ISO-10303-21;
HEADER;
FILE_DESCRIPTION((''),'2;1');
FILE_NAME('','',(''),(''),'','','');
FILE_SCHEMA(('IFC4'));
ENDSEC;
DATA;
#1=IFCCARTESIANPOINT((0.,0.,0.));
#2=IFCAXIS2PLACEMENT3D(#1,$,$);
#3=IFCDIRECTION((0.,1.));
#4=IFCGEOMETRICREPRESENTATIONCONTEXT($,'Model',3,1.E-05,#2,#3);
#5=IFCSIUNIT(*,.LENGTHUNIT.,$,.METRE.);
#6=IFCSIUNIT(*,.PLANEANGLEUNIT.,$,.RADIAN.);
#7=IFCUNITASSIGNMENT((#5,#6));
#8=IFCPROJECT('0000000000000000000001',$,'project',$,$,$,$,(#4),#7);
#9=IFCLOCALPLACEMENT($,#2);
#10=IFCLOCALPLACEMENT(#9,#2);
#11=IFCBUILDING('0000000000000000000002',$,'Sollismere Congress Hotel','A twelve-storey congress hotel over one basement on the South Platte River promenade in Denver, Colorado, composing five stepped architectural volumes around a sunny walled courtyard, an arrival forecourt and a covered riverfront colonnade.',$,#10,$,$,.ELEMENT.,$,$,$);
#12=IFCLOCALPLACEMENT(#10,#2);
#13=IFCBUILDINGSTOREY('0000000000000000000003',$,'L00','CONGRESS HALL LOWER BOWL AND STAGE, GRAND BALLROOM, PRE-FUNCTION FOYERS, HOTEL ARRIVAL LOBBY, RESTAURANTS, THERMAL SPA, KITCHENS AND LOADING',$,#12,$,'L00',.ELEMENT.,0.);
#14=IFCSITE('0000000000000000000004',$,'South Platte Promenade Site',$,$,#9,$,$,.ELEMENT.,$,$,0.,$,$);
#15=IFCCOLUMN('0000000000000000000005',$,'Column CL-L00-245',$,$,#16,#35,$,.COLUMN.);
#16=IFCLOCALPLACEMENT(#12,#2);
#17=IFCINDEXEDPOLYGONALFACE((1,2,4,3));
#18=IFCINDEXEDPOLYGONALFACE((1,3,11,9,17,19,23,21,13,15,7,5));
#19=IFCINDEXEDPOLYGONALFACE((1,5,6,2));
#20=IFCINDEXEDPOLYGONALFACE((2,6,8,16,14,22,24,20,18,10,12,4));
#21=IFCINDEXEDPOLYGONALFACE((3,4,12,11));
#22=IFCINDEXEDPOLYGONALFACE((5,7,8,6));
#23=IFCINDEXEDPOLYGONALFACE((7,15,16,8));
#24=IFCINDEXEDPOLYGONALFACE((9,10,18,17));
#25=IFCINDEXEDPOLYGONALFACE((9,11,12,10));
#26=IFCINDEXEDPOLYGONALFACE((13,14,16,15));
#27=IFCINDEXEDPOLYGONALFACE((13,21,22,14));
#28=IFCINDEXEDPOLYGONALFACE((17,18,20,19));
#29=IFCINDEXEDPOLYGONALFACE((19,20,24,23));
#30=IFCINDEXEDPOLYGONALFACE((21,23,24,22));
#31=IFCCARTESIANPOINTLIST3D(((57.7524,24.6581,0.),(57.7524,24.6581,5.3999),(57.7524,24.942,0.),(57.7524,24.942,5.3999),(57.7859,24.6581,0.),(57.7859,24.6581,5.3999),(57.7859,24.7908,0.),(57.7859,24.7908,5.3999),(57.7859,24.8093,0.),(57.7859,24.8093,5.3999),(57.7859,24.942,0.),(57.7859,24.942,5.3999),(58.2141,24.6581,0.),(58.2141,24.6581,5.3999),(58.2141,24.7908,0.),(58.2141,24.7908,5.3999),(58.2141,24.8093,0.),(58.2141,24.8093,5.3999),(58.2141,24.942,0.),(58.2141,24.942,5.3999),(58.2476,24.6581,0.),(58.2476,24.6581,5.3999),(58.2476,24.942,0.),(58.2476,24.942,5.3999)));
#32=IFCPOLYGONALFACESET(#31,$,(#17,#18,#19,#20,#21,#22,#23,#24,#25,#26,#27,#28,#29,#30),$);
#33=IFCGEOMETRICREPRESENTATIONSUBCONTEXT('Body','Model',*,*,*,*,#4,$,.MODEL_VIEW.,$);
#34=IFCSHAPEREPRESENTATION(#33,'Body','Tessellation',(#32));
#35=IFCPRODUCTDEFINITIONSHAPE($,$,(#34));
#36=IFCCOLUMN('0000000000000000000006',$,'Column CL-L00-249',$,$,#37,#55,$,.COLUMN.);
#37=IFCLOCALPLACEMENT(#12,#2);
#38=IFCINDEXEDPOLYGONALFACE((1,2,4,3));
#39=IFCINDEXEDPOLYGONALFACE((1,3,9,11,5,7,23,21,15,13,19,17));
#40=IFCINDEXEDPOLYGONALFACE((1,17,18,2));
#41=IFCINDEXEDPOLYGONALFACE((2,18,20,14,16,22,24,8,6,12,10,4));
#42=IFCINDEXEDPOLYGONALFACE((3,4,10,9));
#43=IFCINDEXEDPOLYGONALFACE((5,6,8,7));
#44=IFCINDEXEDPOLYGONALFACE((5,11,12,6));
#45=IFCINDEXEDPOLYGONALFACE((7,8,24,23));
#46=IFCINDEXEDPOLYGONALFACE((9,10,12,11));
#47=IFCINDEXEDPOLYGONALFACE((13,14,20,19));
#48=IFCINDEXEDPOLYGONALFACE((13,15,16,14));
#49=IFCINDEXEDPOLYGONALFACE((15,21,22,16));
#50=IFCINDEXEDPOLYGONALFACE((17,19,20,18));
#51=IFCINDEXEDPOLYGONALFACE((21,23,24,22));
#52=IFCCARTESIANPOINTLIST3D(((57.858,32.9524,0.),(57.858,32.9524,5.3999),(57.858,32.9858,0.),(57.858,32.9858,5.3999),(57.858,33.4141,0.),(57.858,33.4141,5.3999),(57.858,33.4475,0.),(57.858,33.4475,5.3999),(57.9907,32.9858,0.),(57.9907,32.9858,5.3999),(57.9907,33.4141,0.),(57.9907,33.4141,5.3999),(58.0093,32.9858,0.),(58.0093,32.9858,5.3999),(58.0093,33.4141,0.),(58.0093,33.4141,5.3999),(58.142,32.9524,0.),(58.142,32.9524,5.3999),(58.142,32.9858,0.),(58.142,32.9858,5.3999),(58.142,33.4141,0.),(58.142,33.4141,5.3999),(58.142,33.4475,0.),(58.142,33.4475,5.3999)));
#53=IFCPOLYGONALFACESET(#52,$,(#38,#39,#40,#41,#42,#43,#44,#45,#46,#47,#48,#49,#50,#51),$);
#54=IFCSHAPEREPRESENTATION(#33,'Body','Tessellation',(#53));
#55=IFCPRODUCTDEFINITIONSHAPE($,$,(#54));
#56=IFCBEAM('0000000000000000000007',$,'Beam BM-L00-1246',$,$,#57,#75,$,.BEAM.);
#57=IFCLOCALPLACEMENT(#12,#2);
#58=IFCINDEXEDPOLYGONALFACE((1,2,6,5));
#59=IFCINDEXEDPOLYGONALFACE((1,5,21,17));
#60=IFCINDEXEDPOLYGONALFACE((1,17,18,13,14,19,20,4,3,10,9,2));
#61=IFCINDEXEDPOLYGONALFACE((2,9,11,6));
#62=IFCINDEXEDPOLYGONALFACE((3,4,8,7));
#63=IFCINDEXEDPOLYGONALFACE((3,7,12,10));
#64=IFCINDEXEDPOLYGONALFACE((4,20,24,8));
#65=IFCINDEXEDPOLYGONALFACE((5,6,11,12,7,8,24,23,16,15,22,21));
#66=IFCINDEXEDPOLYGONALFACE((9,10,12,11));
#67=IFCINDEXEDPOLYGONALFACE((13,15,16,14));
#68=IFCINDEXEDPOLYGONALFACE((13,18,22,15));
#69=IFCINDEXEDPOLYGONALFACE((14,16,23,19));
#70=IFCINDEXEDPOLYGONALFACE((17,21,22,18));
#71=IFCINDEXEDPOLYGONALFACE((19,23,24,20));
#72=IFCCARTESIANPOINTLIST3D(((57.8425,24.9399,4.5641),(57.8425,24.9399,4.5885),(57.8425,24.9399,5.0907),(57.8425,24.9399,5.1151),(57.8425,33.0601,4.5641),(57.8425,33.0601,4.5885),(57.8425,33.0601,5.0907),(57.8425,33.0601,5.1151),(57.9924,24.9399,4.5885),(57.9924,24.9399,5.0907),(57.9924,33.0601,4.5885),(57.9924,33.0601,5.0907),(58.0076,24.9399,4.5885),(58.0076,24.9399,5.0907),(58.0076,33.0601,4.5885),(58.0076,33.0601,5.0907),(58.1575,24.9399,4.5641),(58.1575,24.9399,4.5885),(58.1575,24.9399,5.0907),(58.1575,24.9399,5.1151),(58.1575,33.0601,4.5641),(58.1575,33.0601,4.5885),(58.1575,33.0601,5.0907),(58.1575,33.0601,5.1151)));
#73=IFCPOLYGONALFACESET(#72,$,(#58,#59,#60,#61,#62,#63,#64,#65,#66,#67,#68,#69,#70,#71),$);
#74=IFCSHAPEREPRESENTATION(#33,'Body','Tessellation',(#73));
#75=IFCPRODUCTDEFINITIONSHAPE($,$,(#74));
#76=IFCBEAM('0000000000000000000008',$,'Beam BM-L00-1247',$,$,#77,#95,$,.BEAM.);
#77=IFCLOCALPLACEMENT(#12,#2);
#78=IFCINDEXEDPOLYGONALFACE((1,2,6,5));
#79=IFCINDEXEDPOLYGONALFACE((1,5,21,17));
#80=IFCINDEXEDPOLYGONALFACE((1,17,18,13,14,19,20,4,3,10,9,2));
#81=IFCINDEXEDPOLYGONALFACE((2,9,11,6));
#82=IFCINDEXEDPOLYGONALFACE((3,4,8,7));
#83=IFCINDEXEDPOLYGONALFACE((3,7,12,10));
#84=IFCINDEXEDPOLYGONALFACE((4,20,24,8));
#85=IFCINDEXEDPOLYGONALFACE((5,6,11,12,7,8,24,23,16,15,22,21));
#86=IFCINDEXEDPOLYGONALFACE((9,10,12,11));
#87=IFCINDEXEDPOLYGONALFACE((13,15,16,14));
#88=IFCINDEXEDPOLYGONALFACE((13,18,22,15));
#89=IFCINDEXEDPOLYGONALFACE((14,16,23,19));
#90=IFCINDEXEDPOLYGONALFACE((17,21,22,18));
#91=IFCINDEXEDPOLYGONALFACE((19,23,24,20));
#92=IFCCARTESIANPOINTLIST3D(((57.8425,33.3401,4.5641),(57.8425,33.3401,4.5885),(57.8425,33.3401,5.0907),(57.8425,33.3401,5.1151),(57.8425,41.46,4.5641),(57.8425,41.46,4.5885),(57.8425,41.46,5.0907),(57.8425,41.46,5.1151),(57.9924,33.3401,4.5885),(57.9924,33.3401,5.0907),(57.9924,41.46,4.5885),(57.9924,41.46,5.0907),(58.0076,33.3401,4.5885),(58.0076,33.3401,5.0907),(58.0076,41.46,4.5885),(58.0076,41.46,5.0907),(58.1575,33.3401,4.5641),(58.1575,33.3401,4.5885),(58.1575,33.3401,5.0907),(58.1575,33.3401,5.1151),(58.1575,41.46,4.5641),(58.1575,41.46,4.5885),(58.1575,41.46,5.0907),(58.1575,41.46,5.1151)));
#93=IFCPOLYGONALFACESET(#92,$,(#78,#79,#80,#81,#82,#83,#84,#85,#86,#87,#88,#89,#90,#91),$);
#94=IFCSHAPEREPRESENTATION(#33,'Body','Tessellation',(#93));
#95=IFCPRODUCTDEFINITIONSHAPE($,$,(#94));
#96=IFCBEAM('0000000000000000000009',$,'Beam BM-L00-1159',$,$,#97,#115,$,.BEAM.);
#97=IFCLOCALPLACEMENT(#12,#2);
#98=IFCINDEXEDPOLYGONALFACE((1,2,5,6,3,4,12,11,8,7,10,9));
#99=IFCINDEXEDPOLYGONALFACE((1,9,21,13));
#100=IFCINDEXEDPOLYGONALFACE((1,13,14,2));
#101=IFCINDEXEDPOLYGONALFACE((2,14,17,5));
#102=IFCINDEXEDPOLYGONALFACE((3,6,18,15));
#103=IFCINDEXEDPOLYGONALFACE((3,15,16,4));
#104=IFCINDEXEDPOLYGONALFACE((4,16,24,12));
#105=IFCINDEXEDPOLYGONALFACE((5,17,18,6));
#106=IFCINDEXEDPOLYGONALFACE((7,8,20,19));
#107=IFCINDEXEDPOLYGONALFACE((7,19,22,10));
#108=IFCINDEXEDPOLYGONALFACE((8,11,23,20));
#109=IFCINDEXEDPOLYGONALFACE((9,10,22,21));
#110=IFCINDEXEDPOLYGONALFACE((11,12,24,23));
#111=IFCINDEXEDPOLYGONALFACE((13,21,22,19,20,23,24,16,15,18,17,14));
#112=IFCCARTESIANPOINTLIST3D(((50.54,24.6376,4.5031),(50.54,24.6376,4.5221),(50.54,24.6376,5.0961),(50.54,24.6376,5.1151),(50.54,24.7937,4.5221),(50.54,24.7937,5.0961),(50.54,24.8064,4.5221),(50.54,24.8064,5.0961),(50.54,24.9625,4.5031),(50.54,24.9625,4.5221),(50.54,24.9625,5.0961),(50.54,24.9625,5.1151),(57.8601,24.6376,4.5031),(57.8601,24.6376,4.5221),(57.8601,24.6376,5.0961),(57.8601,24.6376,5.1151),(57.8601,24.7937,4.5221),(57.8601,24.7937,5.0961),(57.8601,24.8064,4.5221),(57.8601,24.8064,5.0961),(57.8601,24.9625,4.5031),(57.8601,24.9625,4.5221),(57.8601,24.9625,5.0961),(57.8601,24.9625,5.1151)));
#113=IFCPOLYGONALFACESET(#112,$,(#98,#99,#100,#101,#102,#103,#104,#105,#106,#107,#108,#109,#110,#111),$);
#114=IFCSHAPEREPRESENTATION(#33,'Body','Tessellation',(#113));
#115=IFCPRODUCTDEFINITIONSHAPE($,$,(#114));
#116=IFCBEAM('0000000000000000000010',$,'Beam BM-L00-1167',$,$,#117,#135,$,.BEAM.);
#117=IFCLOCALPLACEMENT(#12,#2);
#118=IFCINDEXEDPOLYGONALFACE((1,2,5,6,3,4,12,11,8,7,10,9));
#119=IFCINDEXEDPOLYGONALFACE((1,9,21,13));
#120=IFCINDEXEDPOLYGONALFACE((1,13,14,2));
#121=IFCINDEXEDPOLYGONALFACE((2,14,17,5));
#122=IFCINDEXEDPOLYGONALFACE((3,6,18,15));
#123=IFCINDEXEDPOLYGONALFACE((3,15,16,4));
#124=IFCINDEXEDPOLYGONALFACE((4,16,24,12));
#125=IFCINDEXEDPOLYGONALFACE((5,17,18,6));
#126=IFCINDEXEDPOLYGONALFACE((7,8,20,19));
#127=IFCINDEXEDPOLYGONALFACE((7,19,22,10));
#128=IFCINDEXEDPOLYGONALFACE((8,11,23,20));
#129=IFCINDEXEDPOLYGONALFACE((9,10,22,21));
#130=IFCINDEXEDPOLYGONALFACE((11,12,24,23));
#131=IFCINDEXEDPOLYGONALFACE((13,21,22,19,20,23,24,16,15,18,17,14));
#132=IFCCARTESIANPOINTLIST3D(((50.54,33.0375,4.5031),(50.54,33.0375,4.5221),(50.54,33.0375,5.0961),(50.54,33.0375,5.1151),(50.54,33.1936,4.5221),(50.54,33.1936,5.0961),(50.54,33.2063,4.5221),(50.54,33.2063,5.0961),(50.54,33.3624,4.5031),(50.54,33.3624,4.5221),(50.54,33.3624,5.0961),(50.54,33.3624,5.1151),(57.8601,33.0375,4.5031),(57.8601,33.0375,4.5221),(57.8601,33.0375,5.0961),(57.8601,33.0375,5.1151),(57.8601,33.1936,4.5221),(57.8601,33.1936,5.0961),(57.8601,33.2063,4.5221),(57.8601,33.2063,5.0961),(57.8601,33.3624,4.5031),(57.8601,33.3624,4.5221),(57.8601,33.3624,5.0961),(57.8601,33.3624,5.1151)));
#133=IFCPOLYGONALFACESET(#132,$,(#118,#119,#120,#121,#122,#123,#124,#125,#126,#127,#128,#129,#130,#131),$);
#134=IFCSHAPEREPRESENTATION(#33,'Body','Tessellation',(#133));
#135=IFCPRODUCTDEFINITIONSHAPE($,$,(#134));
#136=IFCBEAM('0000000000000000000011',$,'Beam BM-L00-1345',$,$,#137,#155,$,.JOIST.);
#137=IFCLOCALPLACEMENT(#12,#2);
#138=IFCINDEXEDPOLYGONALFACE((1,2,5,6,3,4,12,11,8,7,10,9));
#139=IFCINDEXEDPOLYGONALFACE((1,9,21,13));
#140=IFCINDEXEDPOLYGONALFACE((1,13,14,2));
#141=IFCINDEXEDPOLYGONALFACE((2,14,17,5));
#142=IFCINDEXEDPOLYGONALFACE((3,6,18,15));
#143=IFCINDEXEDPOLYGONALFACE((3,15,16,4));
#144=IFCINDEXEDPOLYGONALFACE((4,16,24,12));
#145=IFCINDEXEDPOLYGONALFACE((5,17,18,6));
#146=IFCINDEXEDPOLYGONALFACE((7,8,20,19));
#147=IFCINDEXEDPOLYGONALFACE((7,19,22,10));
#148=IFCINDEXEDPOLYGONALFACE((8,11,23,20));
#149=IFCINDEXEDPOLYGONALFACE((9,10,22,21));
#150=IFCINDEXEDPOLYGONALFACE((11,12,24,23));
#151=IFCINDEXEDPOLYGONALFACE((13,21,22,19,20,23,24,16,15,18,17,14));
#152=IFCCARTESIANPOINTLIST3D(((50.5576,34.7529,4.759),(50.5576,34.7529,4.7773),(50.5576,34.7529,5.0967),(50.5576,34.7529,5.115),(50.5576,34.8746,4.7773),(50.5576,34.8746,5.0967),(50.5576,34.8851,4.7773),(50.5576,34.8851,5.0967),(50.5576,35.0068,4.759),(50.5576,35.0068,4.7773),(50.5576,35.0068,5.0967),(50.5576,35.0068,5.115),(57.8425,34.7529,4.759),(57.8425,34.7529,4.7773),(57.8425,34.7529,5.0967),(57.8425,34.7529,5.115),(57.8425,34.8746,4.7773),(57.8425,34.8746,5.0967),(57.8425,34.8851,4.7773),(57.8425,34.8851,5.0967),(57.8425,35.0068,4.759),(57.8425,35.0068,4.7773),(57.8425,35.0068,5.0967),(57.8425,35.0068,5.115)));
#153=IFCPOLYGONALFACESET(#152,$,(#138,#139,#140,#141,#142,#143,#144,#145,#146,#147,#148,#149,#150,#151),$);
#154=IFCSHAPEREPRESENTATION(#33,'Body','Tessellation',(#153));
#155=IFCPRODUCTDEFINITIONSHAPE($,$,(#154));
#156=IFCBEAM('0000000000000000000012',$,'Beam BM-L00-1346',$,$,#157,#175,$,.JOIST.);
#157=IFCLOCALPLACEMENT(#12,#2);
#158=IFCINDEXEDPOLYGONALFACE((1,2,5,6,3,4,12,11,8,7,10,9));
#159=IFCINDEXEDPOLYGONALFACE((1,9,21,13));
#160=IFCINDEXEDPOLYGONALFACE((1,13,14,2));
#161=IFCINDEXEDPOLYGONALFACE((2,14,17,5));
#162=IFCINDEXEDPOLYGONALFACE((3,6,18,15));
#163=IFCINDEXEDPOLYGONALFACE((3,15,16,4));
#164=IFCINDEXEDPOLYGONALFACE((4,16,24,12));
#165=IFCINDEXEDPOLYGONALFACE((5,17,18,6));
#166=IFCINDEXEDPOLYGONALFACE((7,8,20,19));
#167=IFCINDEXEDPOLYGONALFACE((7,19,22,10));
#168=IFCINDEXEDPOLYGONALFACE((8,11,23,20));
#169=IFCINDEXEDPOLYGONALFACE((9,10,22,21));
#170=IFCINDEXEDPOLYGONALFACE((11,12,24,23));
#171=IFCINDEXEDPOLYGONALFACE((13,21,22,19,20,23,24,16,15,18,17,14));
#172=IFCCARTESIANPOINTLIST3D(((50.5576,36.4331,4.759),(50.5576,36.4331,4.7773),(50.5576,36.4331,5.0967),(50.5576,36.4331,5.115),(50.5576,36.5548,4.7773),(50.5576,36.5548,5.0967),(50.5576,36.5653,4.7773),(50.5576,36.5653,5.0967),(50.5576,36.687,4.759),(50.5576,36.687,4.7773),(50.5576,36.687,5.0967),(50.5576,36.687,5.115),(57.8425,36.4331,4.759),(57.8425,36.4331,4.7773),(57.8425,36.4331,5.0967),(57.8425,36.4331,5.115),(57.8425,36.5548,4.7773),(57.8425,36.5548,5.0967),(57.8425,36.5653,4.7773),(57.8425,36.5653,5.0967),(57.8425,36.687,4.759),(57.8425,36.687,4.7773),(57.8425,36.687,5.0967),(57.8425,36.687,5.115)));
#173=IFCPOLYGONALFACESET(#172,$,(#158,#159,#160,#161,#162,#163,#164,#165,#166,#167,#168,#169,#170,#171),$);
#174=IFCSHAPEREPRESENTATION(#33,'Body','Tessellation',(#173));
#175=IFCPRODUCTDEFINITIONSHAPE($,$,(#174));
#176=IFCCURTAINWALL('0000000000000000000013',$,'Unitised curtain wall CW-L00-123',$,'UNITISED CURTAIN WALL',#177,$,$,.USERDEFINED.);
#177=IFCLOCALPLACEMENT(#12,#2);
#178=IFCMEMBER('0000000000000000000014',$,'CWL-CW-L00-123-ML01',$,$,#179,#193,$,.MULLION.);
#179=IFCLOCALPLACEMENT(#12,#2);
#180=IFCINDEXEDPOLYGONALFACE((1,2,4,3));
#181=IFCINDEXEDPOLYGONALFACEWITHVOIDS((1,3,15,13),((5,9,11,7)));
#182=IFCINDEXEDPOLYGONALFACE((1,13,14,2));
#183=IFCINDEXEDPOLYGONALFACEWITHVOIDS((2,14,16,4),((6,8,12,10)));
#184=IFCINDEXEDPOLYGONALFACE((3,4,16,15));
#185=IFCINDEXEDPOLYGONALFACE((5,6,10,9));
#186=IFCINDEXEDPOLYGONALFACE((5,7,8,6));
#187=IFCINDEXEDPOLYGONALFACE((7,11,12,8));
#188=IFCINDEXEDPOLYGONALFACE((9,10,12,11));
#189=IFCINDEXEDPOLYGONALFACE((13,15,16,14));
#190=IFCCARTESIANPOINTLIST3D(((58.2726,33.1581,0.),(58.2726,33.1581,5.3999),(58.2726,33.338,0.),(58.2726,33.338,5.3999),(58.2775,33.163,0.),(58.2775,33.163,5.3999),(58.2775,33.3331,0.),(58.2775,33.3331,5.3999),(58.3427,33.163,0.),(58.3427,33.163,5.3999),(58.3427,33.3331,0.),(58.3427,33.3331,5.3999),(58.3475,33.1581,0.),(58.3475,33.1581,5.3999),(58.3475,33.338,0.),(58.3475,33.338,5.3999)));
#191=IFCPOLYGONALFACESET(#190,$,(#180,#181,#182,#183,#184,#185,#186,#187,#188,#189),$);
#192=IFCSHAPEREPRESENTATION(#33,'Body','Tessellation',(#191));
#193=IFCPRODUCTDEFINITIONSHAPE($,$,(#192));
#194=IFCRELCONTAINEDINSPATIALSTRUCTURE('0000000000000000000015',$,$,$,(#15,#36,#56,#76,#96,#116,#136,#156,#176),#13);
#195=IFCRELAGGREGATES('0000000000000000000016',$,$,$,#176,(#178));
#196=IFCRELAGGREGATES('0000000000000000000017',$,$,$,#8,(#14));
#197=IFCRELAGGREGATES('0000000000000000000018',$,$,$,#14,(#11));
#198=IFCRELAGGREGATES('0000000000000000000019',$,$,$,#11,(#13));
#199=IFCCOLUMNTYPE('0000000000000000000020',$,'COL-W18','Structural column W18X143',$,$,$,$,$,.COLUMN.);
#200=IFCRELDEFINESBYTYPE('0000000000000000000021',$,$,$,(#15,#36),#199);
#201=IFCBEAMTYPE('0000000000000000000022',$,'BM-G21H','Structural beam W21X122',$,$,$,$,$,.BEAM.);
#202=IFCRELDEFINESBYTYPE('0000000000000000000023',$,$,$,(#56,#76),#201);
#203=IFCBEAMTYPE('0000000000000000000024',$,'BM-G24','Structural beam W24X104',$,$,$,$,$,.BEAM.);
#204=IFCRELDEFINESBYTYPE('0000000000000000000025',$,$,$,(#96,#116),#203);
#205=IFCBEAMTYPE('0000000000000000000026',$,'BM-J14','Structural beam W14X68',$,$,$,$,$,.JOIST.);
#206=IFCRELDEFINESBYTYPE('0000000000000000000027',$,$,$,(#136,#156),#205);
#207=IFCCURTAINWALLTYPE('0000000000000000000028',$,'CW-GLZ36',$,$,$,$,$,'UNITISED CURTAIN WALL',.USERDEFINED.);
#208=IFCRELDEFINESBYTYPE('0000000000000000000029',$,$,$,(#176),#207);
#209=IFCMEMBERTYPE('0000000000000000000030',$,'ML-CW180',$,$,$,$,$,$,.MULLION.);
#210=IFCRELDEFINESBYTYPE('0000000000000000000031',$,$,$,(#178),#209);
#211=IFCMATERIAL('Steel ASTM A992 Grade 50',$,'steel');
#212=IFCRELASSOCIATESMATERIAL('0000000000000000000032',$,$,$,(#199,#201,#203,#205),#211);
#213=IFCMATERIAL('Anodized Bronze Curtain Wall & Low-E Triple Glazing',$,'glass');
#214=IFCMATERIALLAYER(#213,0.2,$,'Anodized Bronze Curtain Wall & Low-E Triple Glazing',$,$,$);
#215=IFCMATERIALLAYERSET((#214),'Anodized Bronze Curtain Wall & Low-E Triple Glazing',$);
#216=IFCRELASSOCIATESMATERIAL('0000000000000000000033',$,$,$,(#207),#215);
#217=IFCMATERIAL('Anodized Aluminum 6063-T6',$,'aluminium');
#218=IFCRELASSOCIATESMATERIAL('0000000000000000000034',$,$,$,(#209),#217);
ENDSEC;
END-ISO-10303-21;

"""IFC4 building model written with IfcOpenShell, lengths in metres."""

from ifc_helpers import new_model, si_unit, direction, frame, origin, origin_2d, place, context, subcontext, project, spatial, hollow_rectangle, i_section, extrude, material, layer, layer_set, material_profile, profile_set, type_object, element, aggregate, save


model = new_model("IFC4")

# Units and contexts
model_context = context("Model", 3, precision=1e-05, world=origin(), true_north=direction((0.0, 1.0)))
body_context = subcontext(model_context, "Body", "Model", "MODEL_VIEW")
ifc_project = project(units=[si_unit("LENGTHUNIT", "METRE"), si_unit("PLANEANGLEUNIT", "RADIAN")], contexts=[model_context])

# Site, building, storey
site_placement = place(None, origin())
site = spatial("IfcSite", under=ifc_project, at=site_placement, Name="South Platte Promenade Site", CompositionType="ELEMENT", RefElevation=0.0)
building_placement = place(site_placement, origin())
building = spatial("IfcBuilding", under=site, at=building_placement, Name="Sollismere Congress Hotel", Description="A twelve-storey congress hotel over one basement on the South Platte River promenade in Denver, Colorado, composing five stepped architectural volumes around a sunny walled courtyard, an arrival forecourt and a covered riverfront colonnade.", CompositionType="ELEMENT")
storey_placement = place(building_placement, origin())
storey = spatial("IfcBuildingStorey", under=building, at=storey_placement, Name="L00", Description="CONGRESS HALL LOWER BOWL AND STAGE, GRAND BALLROOM, PRE-FUNCTION FOYERS, HOTEL ARRIVAL LOBBY, RESTAURANTS, THERMAL SPA, KITCHENS AND LOADING", LongName="L00", CompositionType="ELEMENT", Elevation=0.0)

# Columns
ifc_material_1 = material(Name="Steel ASTM A992 Grade 50", Category="steel")
ifc_material_profile_1 = material_profile(ifc_material_1, i_section(OverallWidth=0.2839, OverallDepth=0.4951, WebThickness=0.0186, FlangeThickness=0.0334, at=origin_2d()), Name="W18X143")
ifc_profile_set_1 = profile_set([ifc_material_profile_1], Name="Steel ASTM A992 Grade 50")
column_type = type_object("IfcColumnType", Name="COL-W18", Description="Structural column W18X143", PredefinedType="COLUMN", material=ifc_profile_set_1)
for number, where, z_axis, x_axis, name in (
    (1, (58.0, 24.8, 0.0), (0.0, 0.0, 1.0), (0.0, 1.0, 0.0), "Column CL-L00-245"),
    (2, (58.0, 33.2, 0.0), (0.0, 0.0, 1.0), (1.0, 0.0, 0.0), "Column CL-L00-249"),
):
    element("IfcColumn", number, at=place(storey_placement, frame(where, z_axis=z_axis, x_axis=x_axis)), inside=storey, type_object=column_type, Name=name, PredefinedType="COLUMN", context=body_context, shape_type="SweptSolid", body=[
        extrude(i_section(OverallWidth=0.2839, OverallDepth=0.4951, WebThickness=0.0186, FlangeThickness=0.0334, at=origin_2d()), origin(), (0.0, 0.0, 1.0), 5.3999),
    ])

# Beams
ifc_material_profile_2 = material_profile(ifc_material_1, i_section(OverallWidth=0.3149, OverallDepth=0.551, WebThickness=0.0151, FlangeThickness=0.0244, at=origin_2d()), Name="W21X122")
ifc_profile_set_2 = profile_set([ifc_material_profile_2], Name="Steel ASTM A992 Grade 50")
beam_type_1 = type_object("IfcBeamType", Name="BM-G21H", Description="Structural beam W21X122", PredefinedType="BEAM", material=ifc_profile_set_2)
beam_1_placement = place(storey_placement, frame((58.0, 24.9399, 4.8396), z_axis=(0.0, 1.0, 0.0), x_axis=(-1.0, 0.0, 0.0)))
element("IfcBeam", 3, at=beam_1_placement, inside=storey, type_object=beam_type_1, Name="Beam BM-L00-1246", PredefinedType="BEAM", context=body_context, shape_type="SweptSolid", body=[
    extrude(i_section(OverallWidth=0.3149, OverallDepth=0.551, WebThickness=0.0151, FlangeThickness=0.0244, at=origin_2d()), origin(), (0.0, 0.0, 1.0), 8.1201),
])
beam_2_placement = place(storey_placement, frame((58.0, 33.3401, 4.8396), z_axis=(0.0, 1.0, 0.0), x_axis=(-1.0, 0.0, 0.0)))
element("IfcBeam", 4, at=beam_2_placement, inside=storey, type_object=beam_type_1, Name="Beam BM-L00-1247", PredefinedType="BEAM", context=body_context, shape_type="SweptSolid", body=[
    extrude(i_section(OverallWidth=0.3149, OverallDepth=0.551, WebThickness=0.0151, FlangeThickness=0.0244, at=origin_2d()), origin(), (0.0, 0.0, 1.0), 8.1199),
])
ifc_material_profile_3 = material_profile(ifc_material_1, i_section(OverallWidth=0.325, OverallDepth=0.6121, WebThickness=0.0127, FlangeThickness=0.019, at=origin_2d()), Name="W24X104")
ifc_profile_set_3 = profile_set([ifc_material_profile_3], Name="Steel ASTM A992 Grade 50")
beam_type_2 = type_object("IfcBeamType", Name="BM-G24", Description="Structural beam W24X104", PredefinedType="BEAM", material=ifc_profile_set_3)
for number, where, z_axis, x_axis, name in (
    (5, (50.54, 24.8, 4.8091), (1.0, 0.0, 0.0), (0.0, 1.0, 0.0), "Beam BM-L00-1159"),
    (6, (50.54, 33.2, 4.8091), (1.0, 0.0, 0.0), (0.0, 1.0, 0.0), "Beam BM-L00-1167"),
):
    element("IfcBeam", number, at=place(storey_placement, frame(where, z_axis=z_axis, x_axis=x_axis)), inside=storey, type_object=beam_type_2, Name=name, PredefinedType="BEAM", context=body_context, shape_type="SweptSolid", body=[
        extrude(i_section(OverallWidth=0.325, OverallDepth=0.6121, WebThickness=0.0127, FlangeThickness=0.019, at=origin_2d()), origin(), (0.0, 0.0, 1.0), 7.3201),
    ])
ifc_material_profile_4 = material_profile(ifc_material_1, i_section(OverallWidth=0.2539, OverallDepth=0.356, WebThickness=0.0105, FlangeThickness=0.0183, at=origin_2d()), Name="W14X68")
ifc_profile_set_4 = profile_set([ifc_material_profile_4], Name="Steel ASTM A992 Grade 50")
beam_type_3 = type_object("IfcBeamType", Name="BM-J14", Description="Structural beam W14X68", PredefinedType="JOIST", material=ifc_profile_set_4)
for number, where, z_axis, x_axis, name in (
    (7, (50.5576, 34.8799, 4.937), (1.0, 0.0, 0.0), (0.0, 1.0, 0.0), "Beam BM-L00-1345"),
    (8, (50.5576, 36.5601, 4.937), (1.0, 0.0, 0.0), (0.0, 1.0, 0.0), "Beam BM-L00-1346"),
):
    element("IfcBeam", number, at=place(storey_placement, frame(where, z_axis=z_axis, x_axis=x_axis)), inside=storey, type_object=beam_type_3, Name=name, PredefinedType="JOIST", context=body_context, shape_type="SweptSolid", body=[
        extrude(i_section(OverallWidth=0.2539, OverallDepth=0.356, WebThickness=0.0105, FlangeThickness=0.0183, at=origin_2d()), origin(), (0.0, 0.0, 1.0), 7.2849),
    ])

# Curtain wall, member
ifc_material_2 = material(Name="Anodized Bronze Curtain Wall & Low-E Triple Glazing", Category="glass")
ifc_layer_1 = layer(ifc_material_2, 0.2, Name="Anodized Bronze Curtain Wall & Low-E Triple Glazing")
ifc_layer_set_1 = layer_set([ifc_layer_1], Name="Anodized Bronze Curtain Wall & Low-E Triple Glazing")
curtain_wall_type = type_object("IfcCurtainWallType", Name="CW-GLZ36", ElementType="UNITISED CURTAIN WALL", PredefinedType="USERDEFINED", material=ifc_layer_set_1)
curtain_wall_placement = place(storey_placement, origin())
curtain_wall = element("IfcCurtainWall", 9, at=curtain_wall_placement, inside=storey, type_object=curtain_wall_type, Name="Unitised curtain wall CW-L00-123", ObjectType="UNITISED CURTAIN WALL", PredefinedType="USERDEFINED")
ifc_material_3 = material(Name="Anodized Aluminum 6063-T6", Category="aluminium")
ifc_material_profile_5 = material_profile(ifc_material_3, hollow_rectangle(XDim=0.075, YDim=0.1799, WallThickness=0.0049, at=origin_2d()), Name="ALU180X75X5")
ifc_profile_set_5 = profile_set([ifc_material_profile_5], Name="Anodized Aluminum 6063-T6")
member_type_1 = type_object("IfcMemberType", Name="ML-CW180", PredefinedType="MULLION", material=ifc_profile_set_5)
member_1_placement = place(storey_placement, frame((58.3101, 33.248, 0.0), z_axis=(0.0, 0.0, 1.0), x_axis=(-1.0, 0.0, 0.0)))
member_1 = element("IfcMember", 10, at=member_1_placement, type_object=member_type_1, Name="CWL-CW-L00-123-ML01", PredefinedType="MULLION", context=body_context, shape_type="SweptSolid", body=[
    extrude(hollow_rectangle(XDim=0.075, YDim=0.1799, WallThickness=0.0049, at=origin_2d()), origin(), (0.0, 0.0, 1.0), 5.3999),
])
aggregate(curtain_wall, [member_1])

save(model, "model.ifc")
